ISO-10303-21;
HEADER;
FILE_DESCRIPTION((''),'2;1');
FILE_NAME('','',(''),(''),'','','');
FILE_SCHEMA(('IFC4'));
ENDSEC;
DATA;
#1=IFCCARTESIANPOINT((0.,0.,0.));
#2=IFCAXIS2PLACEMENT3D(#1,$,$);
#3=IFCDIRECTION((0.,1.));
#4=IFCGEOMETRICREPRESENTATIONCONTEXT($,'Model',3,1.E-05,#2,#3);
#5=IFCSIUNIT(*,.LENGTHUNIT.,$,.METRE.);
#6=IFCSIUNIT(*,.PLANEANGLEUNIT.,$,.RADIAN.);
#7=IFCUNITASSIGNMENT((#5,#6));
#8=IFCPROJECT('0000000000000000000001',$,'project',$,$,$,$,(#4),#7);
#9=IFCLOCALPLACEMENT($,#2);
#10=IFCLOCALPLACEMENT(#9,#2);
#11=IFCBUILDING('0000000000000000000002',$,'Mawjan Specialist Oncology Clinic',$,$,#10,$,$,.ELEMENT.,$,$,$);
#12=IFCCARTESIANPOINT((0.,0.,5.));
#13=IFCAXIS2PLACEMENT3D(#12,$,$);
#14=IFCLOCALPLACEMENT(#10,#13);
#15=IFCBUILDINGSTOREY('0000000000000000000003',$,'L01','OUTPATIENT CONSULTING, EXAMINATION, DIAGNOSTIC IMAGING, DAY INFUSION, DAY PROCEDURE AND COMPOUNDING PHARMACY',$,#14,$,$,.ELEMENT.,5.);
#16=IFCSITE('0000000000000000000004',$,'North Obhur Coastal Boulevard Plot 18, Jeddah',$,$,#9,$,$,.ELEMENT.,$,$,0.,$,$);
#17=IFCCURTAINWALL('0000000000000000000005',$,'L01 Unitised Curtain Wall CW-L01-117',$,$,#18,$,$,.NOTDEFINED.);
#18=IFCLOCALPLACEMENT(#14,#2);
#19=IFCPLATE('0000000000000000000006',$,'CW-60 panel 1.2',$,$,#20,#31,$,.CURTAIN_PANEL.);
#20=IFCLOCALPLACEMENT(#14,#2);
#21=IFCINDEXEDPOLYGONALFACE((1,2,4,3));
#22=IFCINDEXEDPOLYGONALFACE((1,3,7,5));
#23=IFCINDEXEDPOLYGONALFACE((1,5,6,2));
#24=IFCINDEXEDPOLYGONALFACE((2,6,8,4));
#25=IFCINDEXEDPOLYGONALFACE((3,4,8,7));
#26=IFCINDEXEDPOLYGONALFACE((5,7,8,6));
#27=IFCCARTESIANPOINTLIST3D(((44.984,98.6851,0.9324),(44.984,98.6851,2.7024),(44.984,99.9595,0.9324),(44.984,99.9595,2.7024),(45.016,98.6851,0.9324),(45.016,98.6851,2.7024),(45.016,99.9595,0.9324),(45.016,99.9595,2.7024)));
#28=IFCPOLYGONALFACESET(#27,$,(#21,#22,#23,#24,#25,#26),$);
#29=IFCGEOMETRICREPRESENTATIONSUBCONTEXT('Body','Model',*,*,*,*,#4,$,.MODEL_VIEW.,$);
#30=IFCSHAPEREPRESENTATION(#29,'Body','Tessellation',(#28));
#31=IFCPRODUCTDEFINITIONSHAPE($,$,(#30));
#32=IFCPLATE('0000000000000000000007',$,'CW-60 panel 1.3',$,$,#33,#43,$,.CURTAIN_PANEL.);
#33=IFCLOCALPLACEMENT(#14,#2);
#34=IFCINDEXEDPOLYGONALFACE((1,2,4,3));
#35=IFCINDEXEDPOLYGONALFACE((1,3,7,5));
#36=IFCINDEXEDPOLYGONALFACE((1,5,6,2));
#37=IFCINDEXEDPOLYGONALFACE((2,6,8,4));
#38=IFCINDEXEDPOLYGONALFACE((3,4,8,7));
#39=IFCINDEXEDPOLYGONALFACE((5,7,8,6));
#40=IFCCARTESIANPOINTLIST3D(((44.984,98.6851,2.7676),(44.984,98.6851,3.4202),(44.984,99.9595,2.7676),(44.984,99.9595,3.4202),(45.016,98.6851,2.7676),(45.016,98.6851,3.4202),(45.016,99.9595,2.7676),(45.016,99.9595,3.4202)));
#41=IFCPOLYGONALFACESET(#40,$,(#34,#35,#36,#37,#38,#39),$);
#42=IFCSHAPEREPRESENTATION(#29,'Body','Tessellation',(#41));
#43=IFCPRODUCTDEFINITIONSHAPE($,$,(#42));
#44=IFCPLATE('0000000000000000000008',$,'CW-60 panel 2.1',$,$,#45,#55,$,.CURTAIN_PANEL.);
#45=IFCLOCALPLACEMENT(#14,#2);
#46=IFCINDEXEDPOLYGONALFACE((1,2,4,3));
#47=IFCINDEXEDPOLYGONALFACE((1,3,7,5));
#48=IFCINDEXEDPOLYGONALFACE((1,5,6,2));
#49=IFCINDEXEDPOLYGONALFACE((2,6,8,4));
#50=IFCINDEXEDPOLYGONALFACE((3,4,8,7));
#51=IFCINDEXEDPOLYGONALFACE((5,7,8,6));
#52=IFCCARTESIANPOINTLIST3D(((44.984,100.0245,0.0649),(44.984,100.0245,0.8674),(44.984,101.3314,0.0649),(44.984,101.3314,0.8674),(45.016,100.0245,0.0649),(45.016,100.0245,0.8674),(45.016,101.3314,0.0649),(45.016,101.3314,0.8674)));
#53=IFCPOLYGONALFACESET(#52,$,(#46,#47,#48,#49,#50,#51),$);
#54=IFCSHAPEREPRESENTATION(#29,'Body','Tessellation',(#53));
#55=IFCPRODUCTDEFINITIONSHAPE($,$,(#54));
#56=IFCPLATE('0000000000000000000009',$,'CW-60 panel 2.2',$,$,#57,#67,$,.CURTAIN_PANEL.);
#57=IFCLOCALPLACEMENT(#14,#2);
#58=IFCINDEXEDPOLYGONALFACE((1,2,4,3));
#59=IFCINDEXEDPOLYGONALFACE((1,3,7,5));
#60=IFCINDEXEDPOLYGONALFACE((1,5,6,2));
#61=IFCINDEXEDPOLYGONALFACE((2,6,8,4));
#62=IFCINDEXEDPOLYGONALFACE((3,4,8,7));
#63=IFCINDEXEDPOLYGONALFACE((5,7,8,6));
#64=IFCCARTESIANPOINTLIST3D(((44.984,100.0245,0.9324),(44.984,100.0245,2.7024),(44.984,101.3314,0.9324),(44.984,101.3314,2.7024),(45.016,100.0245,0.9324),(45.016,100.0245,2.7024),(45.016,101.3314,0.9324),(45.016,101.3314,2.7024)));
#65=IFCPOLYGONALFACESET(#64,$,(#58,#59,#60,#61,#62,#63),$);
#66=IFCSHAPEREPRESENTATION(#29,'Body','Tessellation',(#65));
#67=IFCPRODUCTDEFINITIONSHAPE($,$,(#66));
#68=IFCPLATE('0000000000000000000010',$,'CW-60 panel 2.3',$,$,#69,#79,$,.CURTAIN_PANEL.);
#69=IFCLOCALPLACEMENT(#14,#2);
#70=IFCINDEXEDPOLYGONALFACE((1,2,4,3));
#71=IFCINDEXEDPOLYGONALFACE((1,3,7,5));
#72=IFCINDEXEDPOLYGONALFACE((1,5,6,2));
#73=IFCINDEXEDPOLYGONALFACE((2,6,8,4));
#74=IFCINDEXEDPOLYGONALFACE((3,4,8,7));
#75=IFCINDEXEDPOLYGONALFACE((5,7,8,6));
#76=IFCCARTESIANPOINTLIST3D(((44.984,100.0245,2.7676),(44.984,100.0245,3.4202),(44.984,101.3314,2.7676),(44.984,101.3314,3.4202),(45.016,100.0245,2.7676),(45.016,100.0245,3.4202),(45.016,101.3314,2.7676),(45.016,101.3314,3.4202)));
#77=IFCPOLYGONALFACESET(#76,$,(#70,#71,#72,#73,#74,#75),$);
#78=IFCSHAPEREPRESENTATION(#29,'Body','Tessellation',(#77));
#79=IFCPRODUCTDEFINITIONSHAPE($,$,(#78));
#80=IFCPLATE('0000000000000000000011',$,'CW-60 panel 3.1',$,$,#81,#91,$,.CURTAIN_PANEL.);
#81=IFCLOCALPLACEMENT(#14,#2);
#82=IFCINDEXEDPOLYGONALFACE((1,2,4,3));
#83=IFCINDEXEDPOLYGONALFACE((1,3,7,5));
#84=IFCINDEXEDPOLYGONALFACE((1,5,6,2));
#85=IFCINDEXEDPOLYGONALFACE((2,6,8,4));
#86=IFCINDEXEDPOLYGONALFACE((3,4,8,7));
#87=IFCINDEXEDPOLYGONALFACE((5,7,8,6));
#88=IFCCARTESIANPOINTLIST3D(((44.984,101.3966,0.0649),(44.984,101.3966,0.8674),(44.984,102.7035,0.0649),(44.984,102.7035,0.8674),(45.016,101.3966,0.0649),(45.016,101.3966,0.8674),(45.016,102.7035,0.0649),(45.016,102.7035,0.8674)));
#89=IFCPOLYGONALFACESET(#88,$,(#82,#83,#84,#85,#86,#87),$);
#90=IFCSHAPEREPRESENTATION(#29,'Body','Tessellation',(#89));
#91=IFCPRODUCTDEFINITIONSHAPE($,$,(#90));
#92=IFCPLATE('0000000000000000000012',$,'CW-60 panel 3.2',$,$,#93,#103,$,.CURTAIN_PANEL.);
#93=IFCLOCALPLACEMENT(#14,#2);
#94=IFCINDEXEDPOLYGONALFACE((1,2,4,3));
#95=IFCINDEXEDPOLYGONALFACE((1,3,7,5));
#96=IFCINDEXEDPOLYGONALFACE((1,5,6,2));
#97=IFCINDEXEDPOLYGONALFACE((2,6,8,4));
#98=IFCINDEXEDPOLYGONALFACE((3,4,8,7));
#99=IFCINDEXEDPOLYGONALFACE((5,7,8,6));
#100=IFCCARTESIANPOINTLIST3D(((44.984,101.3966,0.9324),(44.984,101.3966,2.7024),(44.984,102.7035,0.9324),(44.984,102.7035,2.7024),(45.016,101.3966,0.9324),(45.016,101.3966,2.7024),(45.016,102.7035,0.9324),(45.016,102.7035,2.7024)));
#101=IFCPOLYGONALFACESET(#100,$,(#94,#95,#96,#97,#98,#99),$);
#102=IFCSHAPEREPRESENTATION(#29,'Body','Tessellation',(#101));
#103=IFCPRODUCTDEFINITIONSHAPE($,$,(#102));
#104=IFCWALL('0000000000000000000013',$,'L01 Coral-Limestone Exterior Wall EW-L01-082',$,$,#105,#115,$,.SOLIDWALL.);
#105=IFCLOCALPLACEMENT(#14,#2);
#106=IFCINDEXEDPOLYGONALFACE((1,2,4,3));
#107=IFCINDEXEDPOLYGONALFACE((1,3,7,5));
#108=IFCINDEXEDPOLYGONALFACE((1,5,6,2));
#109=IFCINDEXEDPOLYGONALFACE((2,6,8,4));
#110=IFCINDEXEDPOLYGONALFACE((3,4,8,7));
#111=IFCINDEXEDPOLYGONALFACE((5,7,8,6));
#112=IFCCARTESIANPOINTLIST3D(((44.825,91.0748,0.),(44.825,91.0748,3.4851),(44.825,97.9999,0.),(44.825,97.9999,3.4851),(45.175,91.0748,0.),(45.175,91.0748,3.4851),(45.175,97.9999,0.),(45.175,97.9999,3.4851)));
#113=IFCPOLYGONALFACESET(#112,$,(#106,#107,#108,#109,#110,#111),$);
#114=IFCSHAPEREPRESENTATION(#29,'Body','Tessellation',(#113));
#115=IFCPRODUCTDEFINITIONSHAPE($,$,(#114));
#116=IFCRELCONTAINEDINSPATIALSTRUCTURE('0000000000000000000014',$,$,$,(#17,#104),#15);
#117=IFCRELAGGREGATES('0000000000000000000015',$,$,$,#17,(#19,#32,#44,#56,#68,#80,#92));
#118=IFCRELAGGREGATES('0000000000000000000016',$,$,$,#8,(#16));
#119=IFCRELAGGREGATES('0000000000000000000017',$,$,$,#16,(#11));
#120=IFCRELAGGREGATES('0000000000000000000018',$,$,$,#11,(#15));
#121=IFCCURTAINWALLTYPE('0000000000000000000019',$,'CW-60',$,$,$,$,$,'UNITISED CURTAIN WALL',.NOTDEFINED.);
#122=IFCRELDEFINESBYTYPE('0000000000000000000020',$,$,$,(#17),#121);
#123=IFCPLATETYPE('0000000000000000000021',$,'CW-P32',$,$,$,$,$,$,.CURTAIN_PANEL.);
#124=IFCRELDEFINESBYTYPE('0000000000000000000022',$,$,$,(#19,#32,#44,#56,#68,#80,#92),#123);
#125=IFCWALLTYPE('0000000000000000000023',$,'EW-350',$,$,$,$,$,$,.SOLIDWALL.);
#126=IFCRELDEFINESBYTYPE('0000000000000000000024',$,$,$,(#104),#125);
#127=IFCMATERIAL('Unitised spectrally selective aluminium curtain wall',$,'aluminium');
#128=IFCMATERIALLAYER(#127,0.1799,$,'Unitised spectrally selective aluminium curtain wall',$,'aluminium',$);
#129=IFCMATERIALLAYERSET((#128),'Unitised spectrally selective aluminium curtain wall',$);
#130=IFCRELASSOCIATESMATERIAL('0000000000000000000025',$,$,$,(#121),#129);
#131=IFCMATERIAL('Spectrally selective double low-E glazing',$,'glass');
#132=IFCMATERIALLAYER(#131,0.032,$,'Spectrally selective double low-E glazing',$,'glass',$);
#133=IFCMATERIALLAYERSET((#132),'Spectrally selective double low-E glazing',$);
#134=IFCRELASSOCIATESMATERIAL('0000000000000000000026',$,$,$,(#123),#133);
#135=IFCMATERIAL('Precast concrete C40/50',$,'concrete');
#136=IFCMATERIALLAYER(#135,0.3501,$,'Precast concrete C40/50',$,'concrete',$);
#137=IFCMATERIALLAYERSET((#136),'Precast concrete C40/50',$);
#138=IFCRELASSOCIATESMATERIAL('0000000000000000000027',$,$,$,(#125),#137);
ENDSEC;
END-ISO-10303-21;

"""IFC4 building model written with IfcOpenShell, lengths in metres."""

from ifc_helpers import new_model, si_unit, direction, frame, frame_2d, origin, origin_2d, place, context, subcontext, project, spatial, rectangle, extrude, material, layer, layer_set, type_object, element, aggregate, save


model = new_model("IFC4")

# Units and contexts
model_context = context("Model", 3, precision=1e-05, world=origin(), true_north=direction((0.0, 1.0)))
body_context = subcontext(model_context, "Body", "Model", "MODEL_VIEW")
ifc_project = project(units=[si_unit("LENGTHUNIT", "METRE"), si_unit("PLANEANGLEUNIT", "RADIAN")], contexts=[model_context])

# Site, building, storey
site_placement = place(None, origin())
site = spatial("IfcSite", under=ifc_project, at=site_placement, Name="North Obhur Coastal Boulevard Plot 18, Jeddah", CompositionType="ELEMENT", RefElevation=0.0)
building_placement = place(site_placement, origin())
building = spatial("IfcBuilding", under=site, at=building_placement, Name="Mawjan Specialist Oncology Clinic", CompositionType="ELEMENT")
storey_placement = place(building_placement, frame((0.0, 0.0, 5.0)))
storey = spatial("IfcBuildingStorey", under=building, at=storey_placement, Name="L01", Description="OUTPATIENT CONSULTING, EXAMINATION, DIAGNOSTIC IMAGING, DAY INFUSION, DAY PROCEDURE AND COMPOUNDING PHARMACY", CompositionType="ELEMENT", Elevation=5.0)

# Curtain wall
ifc_material_1 = material(Name="Unitised spectrally selective aluminium curtain wall", Category="aluminium")
ifc_layer_1 = layer(ifc_material_1, 0.1799, Name="Unitised spectrally selective aluminium curtain wall", Category="aluminium")
ifc_layer_set_1 = layer_set([ifc_layer_1], Name="Unitised spectrally selective aluminium curtain wall")
curtain_wall_type_1 = type_object("IfcCurtainWallType", Name="CW-60", ElementType="UNITISED CURTAIN WALL", PredefinedType="NOTDEFINED", material=ifc_layer_set_1)
curtain_wall_1_placement = place(storey_placement, origin())
curtain_wall_1 = element("IfcCurtainWall", 1, at=curtain_wall_1_placement, inside=storey, type_object=curtain_wall_type_1, Name="L01 Unitised Curtain Wall CW-L01-117", PredefinedType="NOTDEFINED")

# Plates
ifc_material_2 = material(Name="Spectrally selective double low-E glazing", Category="glass")
ifc_layer_2 = layer(ifc_material_2, 0.032, Name="Spectrally selective double low-E glazing", Category="glass")
ifc_layer_set_2 = layer_set([ifc_layer_2], Name="Spectrally selective double low-E glazing")
plate_type = type_object("IfcPlateType", Name="CW-P32", PredefinedType="CURTAIN_PANEL", material=ifc_layer_set_2)
plate_1_placement = place(storey_placement, frame((45.0, 99.3223, 0.9324), z_axis=(0.0, 0.0, 1.0), x_axis=(0.0, 1.0, 0.0)))
plate_1 = element("IfcPlate", 2, at=plate_1_placement, type_object=plate_type, Name="CW-60 panel 1.2", PredefinedType="CURTAIN_PANEL", context=body_context, shape_type="SweptSolid", body=[
    extrude(rectangle(XDim=1.2744, YDim=0.032, at=origin_2d()), origin(), (0.0, 0.0, 1.0), 1.77),
])
plate_2_placement = place(storey_placement, frame((45.0, 99.3223, 2.7676), z_axis=(0.0, 0.0, 1.0), x_axis=(0.0, 1.0, 0.0)))
plate_2 = element("IfcPlate", 3, at=plate_2_placement, type_object=plate_type, Name="CW-60 panel 1.3", PredefinedType="CURTAIN_PANEL", context=body_context, shape_type="SweptSolid", body=[
    extrude(rectangle(XDim=1.2744, YDim=0.032, at=origin_2d()), origin(), (0.0, 0.0, 1.0), 0.6526),
])
plate_3_placement = place(storey_placement, frame((45.0, 100.678, 0.0649), z_axis=(0.0, 0.0, 1.0), x_axis=(0.0, 1.0, 0.0)))
plate_3 = element("IfcPlate", 4, at=plate_3_placement, type_object=plate_type, Name="CW-60 panel 2.1", PredefinedType="CURTAIN_PANEL", context=body_context, shape_type="SweptSolid", body=[
    extrude(rectangle(XDim=1.3069, YDim=0.032, at=origin_2d()), origin(), (0.0, 0.0, 1.0), 0.8025),
])
plate_4_placement = place(storey_placement, frame((45.0, 100.678, 0.9324), z_axis=(0.0, 0.0, 1.0), x_axis=(0.0, 1.0, 0.0)))
plate_4 = element("IfcPlate", 5, at=plate_4_placement, type_object=plate_type, Name="CW-60 panel 2.2", PredefinedType="CURTAIN_PANEL", context=body_context, shape_type="SweptSolid", body=[
    extrude(rectangle(XDim=1.3069, YDim=0.032, at=origin_2d()), origin(), (0.0, 0.0, 1.0), 1.77),
])
plate_5_placement = place(storey_placement, frame((45.0, 100.678, 2.7676), z_axis=(0.0, 0.0, 1.0), x_axis=(0.0, 1.0, 0.0)))
plate_5 = element("IfcPlate", 6, at=plate_5_placement, type_object=plate_type, Name="CW-60 panel 2.3", PredefinedType="CURTAIN_PANEL", context=body_context, shape_type="SweptSolid", body=[
    extrude(rectangle(XDim=1.3069, YDim=0.032, at=origin_2d()), origin(), (0.0, 0.0, 1.0), 0.6526),
])
plate_6_placement = place(storey_placement, frame((45.0, 102.05, 0.0649), z_axis=(0.0, 0.0, 1.0), x_axis=(0.0, 1.0, 0.0)))
plate_6 = element("IfcPlate", 7, at=plate_6_placement, type_object=plate_type, Name="CW-60 panel 3.1", PredefinedType="CURTAIN_PANEL", context=body_context, shape_type="SweptSolid", body=[
    extrude(rectangle(XDim=1.3069, YDim=0.032, at=origin_2d()), origin(), (0.0, 0.0, 1.0), 0.8025),
])
plate_7_placement = place(storey_placement, frame((45.0, 102.05, 0.9324), z_axis=(0.0, 0.0, 1.0), x_axis=(0.0, 1.0, 0.0)))
plate_7 = element("IfcPlate", 8, at=plate_7_placement, type_object=plate_type, Name="CW-60 panel 3.2", PredefinedType="CURTAIN_PANEL", context=body_context, shape_type="SweptSolid", body=[
    extrude(rectangle(XDim=1.3069, YDim=0.032, at=origin_2d()), origin(), (0.0, 0.0, 1.0), 1.77),
])
aggregate(curtain_wall_1, [plate_1, plate_2, plate_3, plate_4, plate_5, plate_6, plate_7])

# Wall
ifc_material_3 = material(Name="Precast concrete C40/50", Category="concrete")
ifc_layer_3 = layer(ifc_material_3, 0.3501, Name="Precast concrete C40/50", Category="concrete")
ifc_layer_set_3 = layer_set([ifc_layer_3], Name="Precast concrete C40/50")
wall_type = type_object("IfcWallType", Name="EW-350", PredefinedType="SOLIDWALL", material=ifc_layer_set_3)
wall_placement = place(storey_placement, frame((45.0, 91.075, 0.0), z_axis=(0.0, 0.0, 1.0), x_axis=(0.0, 1.0, 0.0)))
element("IfcWall", 9, at=wall_placement, inside=storey, type_object=wall_type, Name="L01 Coral-Limestone Exterior Wall EW-L01-082", PredefinedType="SOLIDWALL", context=body_context, shape_type="SweptSolid", body=[
    extrude(rectangle(XDim=6.925, YDim=0.3501, at=frame_2d((3.4624, 0.0))), origin(), (0.0, 0.0, 1.0), 3.4851),
])

save(model, "model.ifc")
